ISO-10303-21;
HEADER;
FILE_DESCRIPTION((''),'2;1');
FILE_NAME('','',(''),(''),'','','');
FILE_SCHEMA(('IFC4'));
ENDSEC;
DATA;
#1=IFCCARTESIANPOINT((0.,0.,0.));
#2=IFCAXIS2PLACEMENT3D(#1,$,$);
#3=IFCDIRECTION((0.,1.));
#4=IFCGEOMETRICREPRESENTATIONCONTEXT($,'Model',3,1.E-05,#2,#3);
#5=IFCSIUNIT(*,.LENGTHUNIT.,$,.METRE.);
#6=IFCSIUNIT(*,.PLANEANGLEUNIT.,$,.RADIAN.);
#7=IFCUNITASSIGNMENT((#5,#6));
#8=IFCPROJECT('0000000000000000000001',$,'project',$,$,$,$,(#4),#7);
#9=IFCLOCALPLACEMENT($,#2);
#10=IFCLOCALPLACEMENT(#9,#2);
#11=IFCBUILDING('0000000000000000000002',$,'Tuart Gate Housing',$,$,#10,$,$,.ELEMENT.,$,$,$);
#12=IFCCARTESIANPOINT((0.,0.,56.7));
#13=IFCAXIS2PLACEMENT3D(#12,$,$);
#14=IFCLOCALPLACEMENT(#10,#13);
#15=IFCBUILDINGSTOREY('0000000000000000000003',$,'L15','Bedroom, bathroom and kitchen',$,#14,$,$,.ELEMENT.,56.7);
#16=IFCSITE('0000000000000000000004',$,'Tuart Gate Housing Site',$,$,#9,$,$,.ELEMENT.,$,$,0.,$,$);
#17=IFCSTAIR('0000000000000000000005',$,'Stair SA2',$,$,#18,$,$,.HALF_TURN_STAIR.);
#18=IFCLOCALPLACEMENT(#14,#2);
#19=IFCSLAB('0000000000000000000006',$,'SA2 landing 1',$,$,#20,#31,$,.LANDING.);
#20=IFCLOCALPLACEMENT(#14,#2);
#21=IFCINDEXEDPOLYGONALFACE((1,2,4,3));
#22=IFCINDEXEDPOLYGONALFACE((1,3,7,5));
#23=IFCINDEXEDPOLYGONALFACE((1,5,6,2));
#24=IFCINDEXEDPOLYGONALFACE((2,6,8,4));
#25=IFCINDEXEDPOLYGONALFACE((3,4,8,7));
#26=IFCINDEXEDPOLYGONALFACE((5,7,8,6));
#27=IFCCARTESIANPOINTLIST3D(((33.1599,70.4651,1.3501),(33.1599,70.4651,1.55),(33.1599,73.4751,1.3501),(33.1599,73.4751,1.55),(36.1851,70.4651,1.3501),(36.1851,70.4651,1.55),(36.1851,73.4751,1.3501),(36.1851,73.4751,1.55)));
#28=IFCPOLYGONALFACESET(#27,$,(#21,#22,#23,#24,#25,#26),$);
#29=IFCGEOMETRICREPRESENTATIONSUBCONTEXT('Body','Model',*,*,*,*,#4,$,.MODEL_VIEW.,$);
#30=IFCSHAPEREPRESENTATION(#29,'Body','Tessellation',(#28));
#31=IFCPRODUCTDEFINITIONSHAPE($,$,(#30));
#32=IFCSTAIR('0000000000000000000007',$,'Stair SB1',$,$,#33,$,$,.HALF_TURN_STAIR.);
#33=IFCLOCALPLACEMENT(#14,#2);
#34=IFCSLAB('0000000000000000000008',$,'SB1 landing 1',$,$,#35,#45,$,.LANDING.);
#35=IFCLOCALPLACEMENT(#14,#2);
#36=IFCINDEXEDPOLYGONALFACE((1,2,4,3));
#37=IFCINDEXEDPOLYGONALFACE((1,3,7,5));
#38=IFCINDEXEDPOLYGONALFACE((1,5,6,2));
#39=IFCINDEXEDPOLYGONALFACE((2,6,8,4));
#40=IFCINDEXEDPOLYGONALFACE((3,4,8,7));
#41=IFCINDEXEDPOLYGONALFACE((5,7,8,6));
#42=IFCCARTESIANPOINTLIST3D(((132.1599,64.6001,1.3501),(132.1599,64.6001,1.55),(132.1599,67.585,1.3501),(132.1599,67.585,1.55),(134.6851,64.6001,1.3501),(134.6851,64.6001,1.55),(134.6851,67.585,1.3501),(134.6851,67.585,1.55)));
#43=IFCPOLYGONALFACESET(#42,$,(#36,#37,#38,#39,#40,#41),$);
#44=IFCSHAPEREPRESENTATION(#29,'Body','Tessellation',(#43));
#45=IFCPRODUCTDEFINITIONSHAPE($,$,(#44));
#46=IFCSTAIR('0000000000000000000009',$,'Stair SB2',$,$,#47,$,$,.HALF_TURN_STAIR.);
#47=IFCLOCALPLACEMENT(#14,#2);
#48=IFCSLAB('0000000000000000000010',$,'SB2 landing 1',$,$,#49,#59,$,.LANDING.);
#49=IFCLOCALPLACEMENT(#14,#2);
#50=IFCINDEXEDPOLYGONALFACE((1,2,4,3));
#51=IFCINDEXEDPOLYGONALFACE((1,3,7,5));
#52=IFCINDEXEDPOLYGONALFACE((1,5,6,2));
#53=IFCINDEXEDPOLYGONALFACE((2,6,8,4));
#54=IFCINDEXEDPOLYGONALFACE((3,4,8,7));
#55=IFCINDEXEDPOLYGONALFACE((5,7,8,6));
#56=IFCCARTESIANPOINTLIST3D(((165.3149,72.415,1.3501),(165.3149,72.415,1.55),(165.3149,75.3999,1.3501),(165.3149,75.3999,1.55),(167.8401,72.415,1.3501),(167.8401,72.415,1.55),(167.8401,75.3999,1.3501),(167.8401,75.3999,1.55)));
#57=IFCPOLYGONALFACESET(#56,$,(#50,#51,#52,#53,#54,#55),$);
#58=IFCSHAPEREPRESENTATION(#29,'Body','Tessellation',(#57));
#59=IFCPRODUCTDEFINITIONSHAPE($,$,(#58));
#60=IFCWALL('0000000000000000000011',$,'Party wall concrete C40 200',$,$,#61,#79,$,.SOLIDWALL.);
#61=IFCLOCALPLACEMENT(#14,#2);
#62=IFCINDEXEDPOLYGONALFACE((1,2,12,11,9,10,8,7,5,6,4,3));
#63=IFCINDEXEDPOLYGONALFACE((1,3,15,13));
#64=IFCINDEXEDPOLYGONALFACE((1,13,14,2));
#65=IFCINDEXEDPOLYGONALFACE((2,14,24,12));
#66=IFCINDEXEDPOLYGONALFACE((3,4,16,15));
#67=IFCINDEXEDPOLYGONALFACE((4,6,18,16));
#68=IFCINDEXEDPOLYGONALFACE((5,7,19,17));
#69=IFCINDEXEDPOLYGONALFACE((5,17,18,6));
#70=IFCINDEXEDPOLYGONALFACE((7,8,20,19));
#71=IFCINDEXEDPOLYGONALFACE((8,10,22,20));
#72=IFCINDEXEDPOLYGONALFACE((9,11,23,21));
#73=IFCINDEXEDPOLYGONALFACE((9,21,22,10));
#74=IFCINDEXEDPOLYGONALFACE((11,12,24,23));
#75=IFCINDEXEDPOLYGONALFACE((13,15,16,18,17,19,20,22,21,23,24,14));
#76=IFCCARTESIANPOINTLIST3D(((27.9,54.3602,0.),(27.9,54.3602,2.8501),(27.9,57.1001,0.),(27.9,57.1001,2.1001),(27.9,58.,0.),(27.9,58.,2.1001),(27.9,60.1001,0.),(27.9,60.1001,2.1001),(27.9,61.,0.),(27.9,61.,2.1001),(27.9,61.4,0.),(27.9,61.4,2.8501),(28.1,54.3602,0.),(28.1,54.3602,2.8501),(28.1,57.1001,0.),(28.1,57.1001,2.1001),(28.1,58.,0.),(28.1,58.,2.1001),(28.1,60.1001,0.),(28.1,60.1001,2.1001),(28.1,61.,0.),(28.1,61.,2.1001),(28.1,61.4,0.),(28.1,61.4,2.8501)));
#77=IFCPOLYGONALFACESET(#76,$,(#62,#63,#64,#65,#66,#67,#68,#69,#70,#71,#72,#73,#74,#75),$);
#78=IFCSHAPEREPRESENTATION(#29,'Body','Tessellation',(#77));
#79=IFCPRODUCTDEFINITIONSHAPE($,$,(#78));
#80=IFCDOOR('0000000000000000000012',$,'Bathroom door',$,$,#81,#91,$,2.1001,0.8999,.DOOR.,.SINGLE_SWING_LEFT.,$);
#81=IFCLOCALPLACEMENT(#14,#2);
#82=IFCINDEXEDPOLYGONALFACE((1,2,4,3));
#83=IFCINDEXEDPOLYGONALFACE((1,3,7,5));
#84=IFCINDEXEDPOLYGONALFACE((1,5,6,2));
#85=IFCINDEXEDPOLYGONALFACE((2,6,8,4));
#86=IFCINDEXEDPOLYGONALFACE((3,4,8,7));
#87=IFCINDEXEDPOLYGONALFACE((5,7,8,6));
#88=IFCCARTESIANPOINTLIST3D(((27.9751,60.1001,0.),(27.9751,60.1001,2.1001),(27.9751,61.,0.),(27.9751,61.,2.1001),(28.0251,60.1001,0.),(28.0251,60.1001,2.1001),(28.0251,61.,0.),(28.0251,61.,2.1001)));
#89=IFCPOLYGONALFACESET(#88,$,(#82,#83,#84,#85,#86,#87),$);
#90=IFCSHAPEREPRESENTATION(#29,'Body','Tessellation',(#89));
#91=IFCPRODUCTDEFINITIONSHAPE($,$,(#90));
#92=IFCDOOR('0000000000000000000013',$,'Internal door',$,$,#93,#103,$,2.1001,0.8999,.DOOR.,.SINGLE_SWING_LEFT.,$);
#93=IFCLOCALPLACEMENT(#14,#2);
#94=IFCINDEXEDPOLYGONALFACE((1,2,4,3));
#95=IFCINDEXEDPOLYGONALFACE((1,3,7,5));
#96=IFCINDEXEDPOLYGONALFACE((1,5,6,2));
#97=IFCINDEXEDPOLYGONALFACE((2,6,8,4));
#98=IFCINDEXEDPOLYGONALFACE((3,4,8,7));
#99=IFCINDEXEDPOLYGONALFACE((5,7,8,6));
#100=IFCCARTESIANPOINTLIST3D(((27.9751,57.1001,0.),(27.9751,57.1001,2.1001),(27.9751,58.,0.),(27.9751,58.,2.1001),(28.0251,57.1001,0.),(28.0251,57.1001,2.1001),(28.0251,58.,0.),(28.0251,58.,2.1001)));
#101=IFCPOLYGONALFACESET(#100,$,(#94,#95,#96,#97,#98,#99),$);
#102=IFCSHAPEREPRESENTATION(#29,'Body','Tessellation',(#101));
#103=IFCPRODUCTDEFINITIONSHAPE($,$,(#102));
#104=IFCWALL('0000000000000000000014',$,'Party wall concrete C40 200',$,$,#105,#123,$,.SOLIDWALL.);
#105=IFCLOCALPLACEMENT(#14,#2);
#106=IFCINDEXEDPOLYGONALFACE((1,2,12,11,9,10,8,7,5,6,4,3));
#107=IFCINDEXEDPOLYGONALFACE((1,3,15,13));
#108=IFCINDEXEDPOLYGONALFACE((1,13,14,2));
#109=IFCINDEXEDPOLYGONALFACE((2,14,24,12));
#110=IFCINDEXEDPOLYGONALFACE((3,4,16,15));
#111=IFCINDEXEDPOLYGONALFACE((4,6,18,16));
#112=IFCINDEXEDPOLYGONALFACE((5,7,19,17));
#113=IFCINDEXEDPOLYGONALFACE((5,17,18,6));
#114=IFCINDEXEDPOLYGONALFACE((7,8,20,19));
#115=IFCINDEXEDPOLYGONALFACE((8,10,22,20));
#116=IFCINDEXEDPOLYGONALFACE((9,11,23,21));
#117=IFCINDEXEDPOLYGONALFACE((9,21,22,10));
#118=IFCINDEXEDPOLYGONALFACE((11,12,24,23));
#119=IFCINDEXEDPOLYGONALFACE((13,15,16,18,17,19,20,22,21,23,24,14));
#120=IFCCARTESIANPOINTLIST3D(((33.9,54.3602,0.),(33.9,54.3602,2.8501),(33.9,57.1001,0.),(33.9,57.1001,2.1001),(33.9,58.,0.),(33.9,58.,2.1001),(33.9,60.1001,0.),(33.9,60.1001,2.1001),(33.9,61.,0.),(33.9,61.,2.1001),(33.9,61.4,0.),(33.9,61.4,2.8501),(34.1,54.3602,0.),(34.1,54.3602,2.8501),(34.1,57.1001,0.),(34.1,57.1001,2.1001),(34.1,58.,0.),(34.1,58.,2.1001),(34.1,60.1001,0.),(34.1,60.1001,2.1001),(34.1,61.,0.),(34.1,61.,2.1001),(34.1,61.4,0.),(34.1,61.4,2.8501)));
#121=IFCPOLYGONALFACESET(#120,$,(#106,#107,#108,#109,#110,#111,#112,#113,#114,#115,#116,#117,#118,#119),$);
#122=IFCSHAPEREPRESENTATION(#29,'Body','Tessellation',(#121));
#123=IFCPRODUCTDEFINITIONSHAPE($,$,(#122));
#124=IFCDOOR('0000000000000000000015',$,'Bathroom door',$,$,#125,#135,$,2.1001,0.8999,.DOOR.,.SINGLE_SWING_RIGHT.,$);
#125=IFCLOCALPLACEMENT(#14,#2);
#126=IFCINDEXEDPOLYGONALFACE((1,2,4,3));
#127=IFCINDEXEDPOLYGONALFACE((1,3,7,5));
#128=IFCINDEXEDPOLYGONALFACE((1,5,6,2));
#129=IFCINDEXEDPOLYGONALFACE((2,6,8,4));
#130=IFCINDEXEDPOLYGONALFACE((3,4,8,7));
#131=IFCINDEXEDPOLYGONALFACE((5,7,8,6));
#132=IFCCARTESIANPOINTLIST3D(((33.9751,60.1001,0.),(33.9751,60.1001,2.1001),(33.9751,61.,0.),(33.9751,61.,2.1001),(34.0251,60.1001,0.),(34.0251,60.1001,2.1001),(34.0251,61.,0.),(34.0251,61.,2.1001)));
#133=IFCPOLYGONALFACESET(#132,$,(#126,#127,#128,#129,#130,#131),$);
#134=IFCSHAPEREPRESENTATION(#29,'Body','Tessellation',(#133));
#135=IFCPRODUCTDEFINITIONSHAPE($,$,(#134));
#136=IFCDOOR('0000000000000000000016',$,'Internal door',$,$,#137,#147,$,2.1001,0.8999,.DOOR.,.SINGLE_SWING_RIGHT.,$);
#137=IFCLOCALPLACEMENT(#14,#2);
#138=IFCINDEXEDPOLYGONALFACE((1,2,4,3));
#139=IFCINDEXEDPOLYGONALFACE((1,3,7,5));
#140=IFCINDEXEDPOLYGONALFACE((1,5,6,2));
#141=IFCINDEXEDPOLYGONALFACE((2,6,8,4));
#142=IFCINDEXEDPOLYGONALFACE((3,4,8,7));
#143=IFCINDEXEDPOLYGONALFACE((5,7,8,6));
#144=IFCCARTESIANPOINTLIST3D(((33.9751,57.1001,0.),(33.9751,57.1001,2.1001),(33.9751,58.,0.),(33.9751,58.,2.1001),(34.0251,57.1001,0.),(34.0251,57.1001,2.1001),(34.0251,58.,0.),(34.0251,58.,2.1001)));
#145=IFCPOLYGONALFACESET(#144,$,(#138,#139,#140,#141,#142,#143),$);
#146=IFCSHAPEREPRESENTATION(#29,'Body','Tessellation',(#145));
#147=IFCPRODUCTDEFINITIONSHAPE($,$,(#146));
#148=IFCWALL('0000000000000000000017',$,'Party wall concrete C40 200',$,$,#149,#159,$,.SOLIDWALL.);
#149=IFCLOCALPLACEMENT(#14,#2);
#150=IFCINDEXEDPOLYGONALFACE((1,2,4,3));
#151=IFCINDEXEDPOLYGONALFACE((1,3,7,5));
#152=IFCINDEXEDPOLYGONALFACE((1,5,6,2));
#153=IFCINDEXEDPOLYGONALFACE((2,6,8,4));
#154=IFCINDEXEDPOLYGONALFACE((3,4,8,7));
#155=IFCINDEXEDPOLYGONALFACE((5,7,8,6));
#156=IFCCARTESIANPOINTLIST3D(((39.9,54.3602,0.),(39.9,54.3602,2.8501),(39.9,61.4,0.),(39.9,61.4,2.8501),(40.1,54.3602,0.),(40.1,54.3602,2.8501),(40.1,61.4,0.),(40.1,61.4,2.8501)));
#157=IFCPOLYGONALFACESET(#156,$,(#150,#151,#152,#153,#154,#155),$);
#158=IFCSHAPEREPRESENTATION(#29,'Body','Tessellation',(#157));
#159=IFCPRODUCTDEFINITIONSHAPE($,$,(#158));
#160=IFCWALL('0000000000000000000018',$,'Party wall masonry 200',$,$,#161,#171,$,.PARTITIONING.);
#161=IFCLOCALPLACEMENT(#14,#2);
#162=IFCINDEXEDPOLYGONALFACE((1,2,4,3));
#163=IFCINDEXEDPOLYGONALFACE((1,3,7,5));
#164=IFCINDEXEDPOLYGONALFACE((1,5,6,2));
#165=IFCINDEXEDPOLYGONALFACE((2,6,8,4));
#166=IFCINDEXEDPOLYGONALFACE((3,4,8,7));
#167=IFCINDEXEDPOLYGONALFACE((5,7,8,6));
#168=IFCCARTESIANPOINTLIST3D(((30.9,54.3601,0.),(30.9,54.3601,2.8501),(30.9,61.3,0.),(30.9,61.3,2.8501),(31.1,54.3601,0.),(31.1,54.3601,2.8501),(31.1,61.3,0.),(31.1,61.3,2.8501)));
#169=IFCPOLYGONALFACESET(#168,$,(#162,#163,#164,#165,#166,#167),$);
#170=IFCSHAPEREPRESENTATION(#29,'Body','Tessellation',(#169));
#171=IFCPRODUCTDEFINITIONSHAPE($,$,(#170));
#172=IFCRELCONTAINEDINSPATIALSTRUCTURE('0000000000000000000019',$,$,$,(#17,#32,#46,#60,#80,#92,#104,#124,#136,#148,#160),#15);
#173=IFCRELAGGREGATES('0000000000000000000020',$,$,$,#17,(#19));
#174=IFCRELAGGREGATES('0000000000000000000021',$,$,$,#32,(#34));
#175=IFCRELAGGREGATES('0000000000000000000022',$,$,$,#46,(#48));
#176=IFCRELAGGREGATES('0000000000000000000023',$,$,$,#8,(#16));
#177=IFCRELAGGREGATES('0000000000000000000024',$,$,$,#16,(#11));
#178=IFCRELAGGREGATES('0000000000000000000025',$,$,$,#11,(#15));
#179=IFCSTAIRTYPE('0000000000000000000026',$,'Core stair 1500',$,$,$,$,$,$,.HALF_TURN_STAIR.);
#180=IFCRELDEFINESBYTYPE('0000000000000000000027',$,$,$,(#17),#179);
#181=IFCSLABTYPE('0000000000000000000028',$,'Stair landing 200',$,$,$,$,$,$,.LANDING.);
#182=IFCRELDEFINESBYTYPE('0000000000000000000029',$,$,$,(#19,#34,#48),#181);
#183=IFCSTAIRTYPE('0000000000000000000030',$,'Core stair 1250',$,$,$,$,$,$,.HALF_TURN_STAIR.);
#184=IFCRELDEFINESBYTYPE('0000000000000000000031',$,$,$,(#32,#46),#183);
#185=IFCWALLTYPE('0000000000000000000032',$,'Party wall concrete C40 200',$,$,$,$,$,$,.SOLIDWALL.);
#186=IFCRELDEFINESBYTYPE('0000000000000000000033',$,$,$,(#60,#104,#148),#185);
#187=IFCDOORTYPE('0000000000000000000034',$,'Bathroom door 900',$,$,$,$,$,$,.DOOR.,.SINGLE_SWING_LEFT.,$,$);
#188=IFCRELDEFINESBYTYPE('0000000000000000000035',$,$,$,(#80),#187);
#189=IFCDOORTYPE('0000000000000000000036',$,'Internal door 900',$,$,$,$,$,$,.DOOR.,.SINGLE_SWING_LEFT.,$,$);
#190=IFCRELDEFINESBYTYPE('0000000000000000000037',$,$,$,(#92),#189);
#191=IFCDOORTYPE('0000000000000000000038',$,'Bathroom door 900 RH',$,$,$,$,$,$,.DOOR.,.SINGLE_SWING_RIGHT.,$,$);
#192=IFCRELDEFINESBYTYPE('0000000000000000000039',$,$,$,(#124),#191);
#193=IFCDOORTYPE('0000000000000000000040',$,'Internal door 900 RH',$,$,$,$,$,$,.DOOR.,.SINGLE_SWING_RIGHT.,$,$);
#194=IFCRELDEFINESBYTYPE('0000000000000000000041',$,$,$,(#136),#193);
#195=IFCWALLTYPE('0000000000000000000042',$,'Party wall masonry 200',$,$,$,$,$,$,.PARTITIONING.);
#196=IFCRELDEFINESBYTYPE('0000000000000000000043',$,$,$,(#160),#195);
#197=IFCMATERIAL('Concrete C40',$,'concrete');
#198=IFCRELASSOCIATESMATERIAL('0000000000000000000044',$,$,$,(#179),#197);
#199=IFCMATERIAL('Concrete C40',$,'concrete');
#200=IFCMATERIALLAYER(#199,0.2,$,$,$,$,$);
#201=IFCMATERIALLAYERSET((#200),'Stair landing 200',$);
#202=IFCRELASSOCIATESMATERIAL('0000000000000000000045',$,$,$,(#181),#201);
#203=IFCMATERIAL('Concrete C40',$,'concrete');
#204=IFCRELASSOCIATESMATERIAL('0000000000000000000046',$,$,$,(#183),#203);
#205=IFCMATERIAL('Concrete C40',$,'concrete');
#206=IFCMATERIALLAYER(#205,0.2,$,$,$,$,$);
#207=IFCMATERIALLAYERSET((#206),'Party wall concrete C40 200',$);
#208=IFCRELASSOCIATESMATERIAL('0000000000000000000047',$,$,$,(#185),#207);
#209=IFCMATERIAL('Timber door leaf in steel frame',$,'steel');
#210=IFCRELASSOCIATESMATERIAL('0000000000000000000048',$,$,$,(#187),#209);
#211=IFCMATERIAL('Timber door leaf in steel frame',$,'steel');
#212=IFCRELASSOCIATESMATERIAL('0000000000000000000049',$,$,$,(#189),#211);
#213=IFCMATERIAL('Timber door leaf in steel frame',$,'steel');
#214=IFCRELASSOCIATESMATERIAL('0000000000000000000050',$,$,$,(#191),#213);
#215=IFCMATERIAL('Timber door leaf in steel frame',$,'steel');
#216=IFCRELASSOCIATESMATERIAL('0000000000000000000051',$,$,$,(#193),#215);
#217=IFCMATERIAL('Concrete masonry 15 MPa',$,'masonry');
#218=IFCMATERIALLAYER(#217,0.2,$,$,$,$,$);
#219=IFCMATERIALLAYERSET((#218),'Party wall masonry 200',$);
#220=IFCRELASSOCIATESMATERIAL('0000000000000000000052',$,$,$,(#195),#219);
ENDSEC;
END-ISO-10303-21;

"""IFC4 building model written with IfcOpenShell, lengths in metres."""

from ifc_helpers import new_model, si_unit, direction, frame, frame_2d, origin, place, context, subcontext, project, spatial, polyline, rectangle, outline, extrude, material, layer, layer_set, type_object, element, fill, aggregate, save


model = new_model("IFC4")

# Units and contexts
model_context = context("Model", 3, precision=1e-05, world=origin(), true_north=direction((0.0, 1.0)))
body_context = subcontext(model_context, "Body", "Model", "MODEL_VIEW")
ifc_project = project(units=[si_unit("LENGTHUNIT", "METRE"), si_unit("PLANEANGLEUNIT", "RADIAN")], contexts=[model_context])

# Site, building, storey
site_placement = place(None, origin())
site = spatial("IfcSite", under=ifc_project, at=site_placement, Name="Tuart Gate Housing Site", CompositionType="ELEMENT", RefElevation=0.0)
building_placement = place(site_placement, origin())
building = spatial("IfcBuilding", under=site, at=building_placement, Name="Tuart Gate Housing", CompositionType="ELEMENT")
storey_placement = place(building_placement, frame((0.0, 0.0, 56.7)))
storey = spatial("IfcBuildingStorey", under=building, at=storey_placement, Name="L15", Description="Bedroom, bathroom and kitchen", CompositionType="ELEMENT", Elevation=56.7)

# Stairs, slabs
ifc_material_1 = material(Name="Concrete C40", Category="concrete")
stair_type_1 = type_object("IfcStairType", Name="Core stair 1500", PredefinedType="HALF_TURN_STAIR", material=ifc_material_1)
ifc_material_2 = material(Name="Concrete C40", Category="concrete")
ifc_layer_1 = layer(ifc_material_2, 0.2)
ifc_layer_set_1 = layer_set([ifc_layer_1], Name="Stair landing 200")
slab_type_1 = type_object("IfcSlabType", Name="Stair landing 200", PredefinedType="LANDING", material=ifc_layer_set_1)
stair_1_placement = place(storey_placement, origin())
stair_1 = element("IfcStair", 1, at=stair_1_placement, inside=storey, type_object=stair_type_1, Name="Stair SA2", PredefinedType="HALF_TURN_STAIR")
slab_1_placement = place(storey_placement, frame((0.0, 0.0, 1.3501)))
slab_1 = element("IfcSlab", 2, at=slab_1_placement, type_object=slab_type_1, Name="SA2 landing 1", PredefinedType="LANDING", context=body_context, shape_type="SweptSolid", body=[
    extrude(outline(polyline([(36.1851, 73.4751), (33.1599, 73.4751), (33.1599, 70.4651), (36.1851, 70.4651), (36.1851, 73.4751)])), origin(), (0.0, 0.0, 1.0), 0.2),
])
aggregate(stair_1, [slab_1])
ifc_material_3 = material(Name="Concrete C40", Category="concrete")
stair_type_2 = type_object("IfcStairType", Name="Core stair 1250", PredefinedType="HALF_TURN_STAIR", material=ifc_material_3)
stair_2_placement = place(storey_placement, origin())
stair_2 = element("IfcStair", 3, at=stair_2_placement, inside=storey, type_object=stair_type_2, Name="Stair SB1", PredefinedType="HALF_TURN_STAIR")
slab_2_placement = place(storey_placement, frame((0.0, 0.0, 1.3501)))
slab_2 = element("IfcSlab", 4, at=slab_2_placement, type_object=slab_type_1, Name="SB1 landing 1", PredefinedType="LANDING", context=body_context, shape_type="SweptSolid", body=[
    extrude(outline(polyline([(134.6851, 67.585), (132.1599, 67.585), (132.1599, 64.6001), (134.6851, 64.6001), (134.6851, 67.585)])), origin(), (0.0, 0.0, 1.0), 0.2),
])
aggregate(stair_2, [slab_2])
stair_3_placement = place(storey_placement, origin())
stair_3 = element("IfcStair", 5, at=stair_3_placement, inside=storey, type_object=stair_type_2, Name="Stair SB2", PredefinedType="HALF_TURN_STAIR")
slab_3_placement = place(storey_placement, frame((0.0, 0.0, 1.3501)))
slab_3 = element("IfcSlab", 6, at=slab_3_placement, type_object=slab_type_1, Name="SB2 landing 1", PredefinedType="LANDING", context=body_context, shape_type="SweptSolid", body=[
    extrude(outline(polyline([(165.3149, 72.415), (167.8401, 72.415), (167.8401, 75.3999), (165.3149, 75.3999), (165.3149, 72.415)])), origin(), (0.0, 0.0, 1.0), 0.2),
])
aggregate(stair_3, [slab_3])

# Walls, openings, doors
ifc_material_4 = material(Name="Concrete C40", Category="concrete")
ifc_layer_2 = layer(ifc_material_4, 0.2)
ifc_layer_set_2 = layer_set([ifc_layer_2], Name="Party wall concrete C40 200")
wall_type_1 = type_object("IfcWallType", Name="Party wall concrete C40 200", PredefinedType="SOLIDWALL", material=ifc_layer_set_2)
wall_1_placement = place(storey_placement, frame((28.0, 54.3601, 0.0), z_axis=(0.0, 0.0, 1.0), x_axis=(0.0, 1.0, 0.0)))
wall_1 = element("IfcWall", 7, at=wall_1_placement, inside=storey, type_object=wall_type_1, Name="Party wall concrete C40 200", PredefinedType="SOLIDWALL", context=body_context, shape_type="SweptSolid", body=[
    extrude(rectangle(XDim=7.0398, YDim=0.2, at=frame_2d((3.52, 0.0))), origin(), (0.0, 0.0, 1.0), 2.8501),
])
opening_1_placement = place(wall_1_placement, frame((2.74, 0.0, 0.0)))
opening_1 = element("IfcOpeningElement", 8, at=opening_1_placement, cuts=wall_1, PredefinedType="OPENING", context=body_context, shape_type="SweptSolid", body=[
    extrude(rectangle(XDim=0.8999, YDim=2.1001, at=frame_2d((0.45, 1.05))), frame((0.0, 0.1099, 0.0), z_axis=(0.0, -1.0, 0.0), x_axis=(1.0, 0.0, 0.0)), (0.0, 0.0, 1.0), 0.22),
])
opening_2_placement = place(wall_1_placement, frame((5.74, 0.0, 0.0)))
opening_2 = element("IfcOpeningElement", 9, at=opening_2_placement, cuts=wall_1, PredefinedType="OPENING", context=body_context, shape_type="SweptSolid", body=[
    extrude(rectangle(XDim=0.8999, YDim=2.1001, at=frame_2d((0.45, 1.05))), frame((0.0, 0.1099, 0.0), z_axis=(0.0, -1.0, 0.0), x_axis=(1.0, 0.0, 0.0)), (0.0, 0.0, 1.0), 0.22),
])
ifc_material_5 = material(Name="Timber door leaf in steel frame", Category="steel")
door_type_1 = type_object("IfcDoorType", Name="Bathroom door 900", OperationType="SINGLE_SWING_LEFT", PredefinedType="DOOR", material=ifc_material_5)
door_1_placement = place(opening_2_placement, frame((0.8999, 0.0, 0.0), z_axis=(0.0, 0.0, 1.0), x_axis=(-1.0, 0.0, 0.0)))
door_1 = element("IfcDoor", 10, at=door_1_placement, inside=storey, type_object=door_type_1, Name="Bathroom door", OperationType="SINGLE_SWING_LEFT", OverallHeight=2.1001, OverallWidth=0.8999, PredefinedType="DOOR", context=body_context, shape_type="SweptSolid", body=[
    extrude(rectangle(XDim=0.8999, YDim=2.1001, at=frame_2d((0.45, 1.05))), frame((0.0, 0.0251, 0.0), z_axis=(0.0, -1.0, 0.0), x_axis=(1.0, 0.0, 0.0)), (0.0, 0.0, 1.0), 0.05),
])
fill(opening_2, door_1)
ifc_material_6 = material(Name="Timber door leaf in steel frame", Category="steel")
door_type_2 = type_object("IfcDoorType", Name="Internal door 900", OperationType="SINGLE_SWING_LEFT", PredefinedType="DOOR", material=ifc_material_6)
door_2_placement = place(opening_1_placement, frame((0.8999, 0.0, 0.0), z_axis=(0.0, 0.0, 1.0), x_axis=(-1.0, 0.0, 0.0)))
door_2 = element("IfcDoor", 11, at=door_2_placement, inside=storey, type_object=door_type_2, Name="Internal door", OperationType="SINGLE_SWING_LEFT", OverallHeight=2.1001, OverallWidth=0.8999, PredefinedType="DOOR", context=body_context, shape_type="SweptSolid", body=[
    extrude(rectangle(XDim=0.8999, YDim=2.1001, at=frame_2d((0.45, 1.05))), frame((0.0, 0.0251, 0.0), z_axis=(0.0, -1.0, 0.0), x_axis=(1.0, 0.0, 0.0)), (0.0, 0.0, 1.0), 0.05),
])
fill(opening_1, door_2)
wall_2_placement = place(storey_placement, frame((34.0, 54.3601, 0.0), z_axis=(0.0, 0.0, 1.0), x_axis=(0.0, 1.0, 0.0)))
wall_2 = element("IfcWall", 12, at=wall_2_placement, inside=storey, type_object=wall_type_1, Name="Party wall concrete C40 200", PredefinedType="SOLIDWALL", context=body_context, shape_type="SweptSolid", body=[
    extrude(rectangle(XDim=7.0398, YDim=0.2, at=frame_2d((3.52, 0.0))), origin(), (0.0, 0.0, 1.0), 2.8501),
])
opening_3_placement = place(wall_2_placement, frame((2.74, 0.0, 0.0)))
opening_3 = element("IfcOpeningElement", 13, at=opening_3_placement, cuts=wall_2, PredefinedType="OPENING", context=body_context, shape_type="SweptSolid", body=[
    extrude(rectangle(XDim=0.8999, YDim=2.1001, at=frame_2d((0.45, 1.05))), frame((0.0, 0.1099, 0.0), z_axis=(0.0, -1.0, 0.0), x_axis=(1.0, 0.0, 0.0)), (0.0, 0.0, 1.0), 0.22),
])
opening_4_placement = place(wall_2_placement, frame((5.74, 0.0, 0.0)))
opening_4 = element("IfcOpeningElement", 14, at=opening_4_placement, cuts=wall_2, PredefinedType="OPENING", context=body_context, shape_type="SweptSolid", body=[
    extrude(rectangle(XDim=0.8999, YDim=2.1001, at=frame_2d((0.45, 1.05))), frame((0.0, 0.1099, 0.0), z_axis=(0.0, -1.0, 0.0), x_axis=(1.0, 0.0, 0.0)), (0.0, 0.0, 1.0), 0.22),
])
ifc_material_7 = material(Name="Timber door leaf in steel frame", Category="steel")
door_type_3 = type_object("IfcDoorType", Name="Bathroom door 900 RH", OperationType="SINGLE_SWING_RIGHT", PredefinedType="DOOR", material=ifc_material_7)
door_3_placement = place(opening_4_placement, origin())
door_3 = element("IfcDoor", 15, at=door_3_placement, inside=storey, type_object=door_type_3, Name="Bathroom door", OperationType="SINGLE_SWING_RIGHT", OverallHeight=2.1001, OverallWidth=0.8999, PredefinedType="DOOR", context=body_context, shape_type="SweptSolid", body=[
    extrude(rectangle(XDim=0.8999, YDim=2.1001, at=frame_2d((0.45, 1.05))), frame((0.0, 0.0249, 0.0), z_axis=(0.0, -1.0, 0.0), x_axis=(1.0, 0.0, 0.0)), (0.0, 0.0, 1.0), 0.05),
])
fill(opening_4, door_3)
ifc_material_8 = material(Name="Timber door leaf in steel frame", Category="steel")
door_type_4 = type_object("IfcDoorType", Name="Internal door 900 RH", OperationType="SINGLE_SWING_RIGHT", PredefinedType="DOOR", material=ifc_material_8)
door_4_placement = place(opening_3_placement, origin())
door_4 = element("IfcDoor", 16, at=door_4_placement, inside=storey, type_object=door_type_4, Name="Internal door", OperationType="SINGLE_SWING_RIGHT", OverallHeight=2.1001, OverallWidth=0.8999, PredefinedType="DOOR", context=body_context, shape_type="SweptSolid", body=[
    extrude(rectangle(XDim=0.8999, YDim=2.1001, at=frame_2d((0.45, 1.05))), frame((0.0, 0.0249, 0.0), z_axis=(0.0, -1.0, 0.0), x_axis=(1.0, 0.0, 0.0)), (0.0, 0.0, 1.0), 0.05),
])
fill(opening_3, door_4)

# Walls
wall_3_placement = place(storey_placement, frame((40.0, 54.3601, 0.0), z_axis=(0.0, 0.0, 1.0), x_axis=(0.0, 1.0, 0.0)))
element("IfcWall", 17, at=wall_3_placement, inside=storey, type_object=wall_type_1, Name="Party wall concrete C40 200", PredefinedType="SOLIDWALL", context=body_context, shape_type="SweptSolid", body=[
    extrude(rectangle(XDim=7.0398, YDim=0.2, at=frame_2d((3.52, 0.0))), origin(), (0.0, 0.0, 1.0), 2.8501),
])
ifc_material_9 = material(Name="Concrete masonry 15 MPa", Category="masonry")
ifc_layer_3 = layer(ifc_material_9, 0.2)
ifc_layer_set_3 = layer_set([ifc_layer_3], Name="Party wall masonry 200")
wall_type_2 = type_object("IfcWallType", Name="Party wall masonry 200", PredefinedType="PARTITIONING", material=ifc_layer_set_3)
wall_4_placement = place(storey_placement, frame((31.0, 54.3601, 0.0), z_axis=(0.0, 0.0, 1.0), x_axis=(0.0, 1.0, 0.0)))
element("IfcWall", 18, at=wall_4_placement, inside=storey, type_object=wall_type_2, Name="Party wall masonry 200", PredefinedType="PARTITIONING", context=body_context, shape_type="SweptSolid", body=[
    extrude(rectangle(XDim=6.9399, YDim=0.2, at=frame_2d((3.47, 0.0))), origin(), (0.0, 0.0, 1.0), 2.8501),
])

save(model, "model.ifc")
